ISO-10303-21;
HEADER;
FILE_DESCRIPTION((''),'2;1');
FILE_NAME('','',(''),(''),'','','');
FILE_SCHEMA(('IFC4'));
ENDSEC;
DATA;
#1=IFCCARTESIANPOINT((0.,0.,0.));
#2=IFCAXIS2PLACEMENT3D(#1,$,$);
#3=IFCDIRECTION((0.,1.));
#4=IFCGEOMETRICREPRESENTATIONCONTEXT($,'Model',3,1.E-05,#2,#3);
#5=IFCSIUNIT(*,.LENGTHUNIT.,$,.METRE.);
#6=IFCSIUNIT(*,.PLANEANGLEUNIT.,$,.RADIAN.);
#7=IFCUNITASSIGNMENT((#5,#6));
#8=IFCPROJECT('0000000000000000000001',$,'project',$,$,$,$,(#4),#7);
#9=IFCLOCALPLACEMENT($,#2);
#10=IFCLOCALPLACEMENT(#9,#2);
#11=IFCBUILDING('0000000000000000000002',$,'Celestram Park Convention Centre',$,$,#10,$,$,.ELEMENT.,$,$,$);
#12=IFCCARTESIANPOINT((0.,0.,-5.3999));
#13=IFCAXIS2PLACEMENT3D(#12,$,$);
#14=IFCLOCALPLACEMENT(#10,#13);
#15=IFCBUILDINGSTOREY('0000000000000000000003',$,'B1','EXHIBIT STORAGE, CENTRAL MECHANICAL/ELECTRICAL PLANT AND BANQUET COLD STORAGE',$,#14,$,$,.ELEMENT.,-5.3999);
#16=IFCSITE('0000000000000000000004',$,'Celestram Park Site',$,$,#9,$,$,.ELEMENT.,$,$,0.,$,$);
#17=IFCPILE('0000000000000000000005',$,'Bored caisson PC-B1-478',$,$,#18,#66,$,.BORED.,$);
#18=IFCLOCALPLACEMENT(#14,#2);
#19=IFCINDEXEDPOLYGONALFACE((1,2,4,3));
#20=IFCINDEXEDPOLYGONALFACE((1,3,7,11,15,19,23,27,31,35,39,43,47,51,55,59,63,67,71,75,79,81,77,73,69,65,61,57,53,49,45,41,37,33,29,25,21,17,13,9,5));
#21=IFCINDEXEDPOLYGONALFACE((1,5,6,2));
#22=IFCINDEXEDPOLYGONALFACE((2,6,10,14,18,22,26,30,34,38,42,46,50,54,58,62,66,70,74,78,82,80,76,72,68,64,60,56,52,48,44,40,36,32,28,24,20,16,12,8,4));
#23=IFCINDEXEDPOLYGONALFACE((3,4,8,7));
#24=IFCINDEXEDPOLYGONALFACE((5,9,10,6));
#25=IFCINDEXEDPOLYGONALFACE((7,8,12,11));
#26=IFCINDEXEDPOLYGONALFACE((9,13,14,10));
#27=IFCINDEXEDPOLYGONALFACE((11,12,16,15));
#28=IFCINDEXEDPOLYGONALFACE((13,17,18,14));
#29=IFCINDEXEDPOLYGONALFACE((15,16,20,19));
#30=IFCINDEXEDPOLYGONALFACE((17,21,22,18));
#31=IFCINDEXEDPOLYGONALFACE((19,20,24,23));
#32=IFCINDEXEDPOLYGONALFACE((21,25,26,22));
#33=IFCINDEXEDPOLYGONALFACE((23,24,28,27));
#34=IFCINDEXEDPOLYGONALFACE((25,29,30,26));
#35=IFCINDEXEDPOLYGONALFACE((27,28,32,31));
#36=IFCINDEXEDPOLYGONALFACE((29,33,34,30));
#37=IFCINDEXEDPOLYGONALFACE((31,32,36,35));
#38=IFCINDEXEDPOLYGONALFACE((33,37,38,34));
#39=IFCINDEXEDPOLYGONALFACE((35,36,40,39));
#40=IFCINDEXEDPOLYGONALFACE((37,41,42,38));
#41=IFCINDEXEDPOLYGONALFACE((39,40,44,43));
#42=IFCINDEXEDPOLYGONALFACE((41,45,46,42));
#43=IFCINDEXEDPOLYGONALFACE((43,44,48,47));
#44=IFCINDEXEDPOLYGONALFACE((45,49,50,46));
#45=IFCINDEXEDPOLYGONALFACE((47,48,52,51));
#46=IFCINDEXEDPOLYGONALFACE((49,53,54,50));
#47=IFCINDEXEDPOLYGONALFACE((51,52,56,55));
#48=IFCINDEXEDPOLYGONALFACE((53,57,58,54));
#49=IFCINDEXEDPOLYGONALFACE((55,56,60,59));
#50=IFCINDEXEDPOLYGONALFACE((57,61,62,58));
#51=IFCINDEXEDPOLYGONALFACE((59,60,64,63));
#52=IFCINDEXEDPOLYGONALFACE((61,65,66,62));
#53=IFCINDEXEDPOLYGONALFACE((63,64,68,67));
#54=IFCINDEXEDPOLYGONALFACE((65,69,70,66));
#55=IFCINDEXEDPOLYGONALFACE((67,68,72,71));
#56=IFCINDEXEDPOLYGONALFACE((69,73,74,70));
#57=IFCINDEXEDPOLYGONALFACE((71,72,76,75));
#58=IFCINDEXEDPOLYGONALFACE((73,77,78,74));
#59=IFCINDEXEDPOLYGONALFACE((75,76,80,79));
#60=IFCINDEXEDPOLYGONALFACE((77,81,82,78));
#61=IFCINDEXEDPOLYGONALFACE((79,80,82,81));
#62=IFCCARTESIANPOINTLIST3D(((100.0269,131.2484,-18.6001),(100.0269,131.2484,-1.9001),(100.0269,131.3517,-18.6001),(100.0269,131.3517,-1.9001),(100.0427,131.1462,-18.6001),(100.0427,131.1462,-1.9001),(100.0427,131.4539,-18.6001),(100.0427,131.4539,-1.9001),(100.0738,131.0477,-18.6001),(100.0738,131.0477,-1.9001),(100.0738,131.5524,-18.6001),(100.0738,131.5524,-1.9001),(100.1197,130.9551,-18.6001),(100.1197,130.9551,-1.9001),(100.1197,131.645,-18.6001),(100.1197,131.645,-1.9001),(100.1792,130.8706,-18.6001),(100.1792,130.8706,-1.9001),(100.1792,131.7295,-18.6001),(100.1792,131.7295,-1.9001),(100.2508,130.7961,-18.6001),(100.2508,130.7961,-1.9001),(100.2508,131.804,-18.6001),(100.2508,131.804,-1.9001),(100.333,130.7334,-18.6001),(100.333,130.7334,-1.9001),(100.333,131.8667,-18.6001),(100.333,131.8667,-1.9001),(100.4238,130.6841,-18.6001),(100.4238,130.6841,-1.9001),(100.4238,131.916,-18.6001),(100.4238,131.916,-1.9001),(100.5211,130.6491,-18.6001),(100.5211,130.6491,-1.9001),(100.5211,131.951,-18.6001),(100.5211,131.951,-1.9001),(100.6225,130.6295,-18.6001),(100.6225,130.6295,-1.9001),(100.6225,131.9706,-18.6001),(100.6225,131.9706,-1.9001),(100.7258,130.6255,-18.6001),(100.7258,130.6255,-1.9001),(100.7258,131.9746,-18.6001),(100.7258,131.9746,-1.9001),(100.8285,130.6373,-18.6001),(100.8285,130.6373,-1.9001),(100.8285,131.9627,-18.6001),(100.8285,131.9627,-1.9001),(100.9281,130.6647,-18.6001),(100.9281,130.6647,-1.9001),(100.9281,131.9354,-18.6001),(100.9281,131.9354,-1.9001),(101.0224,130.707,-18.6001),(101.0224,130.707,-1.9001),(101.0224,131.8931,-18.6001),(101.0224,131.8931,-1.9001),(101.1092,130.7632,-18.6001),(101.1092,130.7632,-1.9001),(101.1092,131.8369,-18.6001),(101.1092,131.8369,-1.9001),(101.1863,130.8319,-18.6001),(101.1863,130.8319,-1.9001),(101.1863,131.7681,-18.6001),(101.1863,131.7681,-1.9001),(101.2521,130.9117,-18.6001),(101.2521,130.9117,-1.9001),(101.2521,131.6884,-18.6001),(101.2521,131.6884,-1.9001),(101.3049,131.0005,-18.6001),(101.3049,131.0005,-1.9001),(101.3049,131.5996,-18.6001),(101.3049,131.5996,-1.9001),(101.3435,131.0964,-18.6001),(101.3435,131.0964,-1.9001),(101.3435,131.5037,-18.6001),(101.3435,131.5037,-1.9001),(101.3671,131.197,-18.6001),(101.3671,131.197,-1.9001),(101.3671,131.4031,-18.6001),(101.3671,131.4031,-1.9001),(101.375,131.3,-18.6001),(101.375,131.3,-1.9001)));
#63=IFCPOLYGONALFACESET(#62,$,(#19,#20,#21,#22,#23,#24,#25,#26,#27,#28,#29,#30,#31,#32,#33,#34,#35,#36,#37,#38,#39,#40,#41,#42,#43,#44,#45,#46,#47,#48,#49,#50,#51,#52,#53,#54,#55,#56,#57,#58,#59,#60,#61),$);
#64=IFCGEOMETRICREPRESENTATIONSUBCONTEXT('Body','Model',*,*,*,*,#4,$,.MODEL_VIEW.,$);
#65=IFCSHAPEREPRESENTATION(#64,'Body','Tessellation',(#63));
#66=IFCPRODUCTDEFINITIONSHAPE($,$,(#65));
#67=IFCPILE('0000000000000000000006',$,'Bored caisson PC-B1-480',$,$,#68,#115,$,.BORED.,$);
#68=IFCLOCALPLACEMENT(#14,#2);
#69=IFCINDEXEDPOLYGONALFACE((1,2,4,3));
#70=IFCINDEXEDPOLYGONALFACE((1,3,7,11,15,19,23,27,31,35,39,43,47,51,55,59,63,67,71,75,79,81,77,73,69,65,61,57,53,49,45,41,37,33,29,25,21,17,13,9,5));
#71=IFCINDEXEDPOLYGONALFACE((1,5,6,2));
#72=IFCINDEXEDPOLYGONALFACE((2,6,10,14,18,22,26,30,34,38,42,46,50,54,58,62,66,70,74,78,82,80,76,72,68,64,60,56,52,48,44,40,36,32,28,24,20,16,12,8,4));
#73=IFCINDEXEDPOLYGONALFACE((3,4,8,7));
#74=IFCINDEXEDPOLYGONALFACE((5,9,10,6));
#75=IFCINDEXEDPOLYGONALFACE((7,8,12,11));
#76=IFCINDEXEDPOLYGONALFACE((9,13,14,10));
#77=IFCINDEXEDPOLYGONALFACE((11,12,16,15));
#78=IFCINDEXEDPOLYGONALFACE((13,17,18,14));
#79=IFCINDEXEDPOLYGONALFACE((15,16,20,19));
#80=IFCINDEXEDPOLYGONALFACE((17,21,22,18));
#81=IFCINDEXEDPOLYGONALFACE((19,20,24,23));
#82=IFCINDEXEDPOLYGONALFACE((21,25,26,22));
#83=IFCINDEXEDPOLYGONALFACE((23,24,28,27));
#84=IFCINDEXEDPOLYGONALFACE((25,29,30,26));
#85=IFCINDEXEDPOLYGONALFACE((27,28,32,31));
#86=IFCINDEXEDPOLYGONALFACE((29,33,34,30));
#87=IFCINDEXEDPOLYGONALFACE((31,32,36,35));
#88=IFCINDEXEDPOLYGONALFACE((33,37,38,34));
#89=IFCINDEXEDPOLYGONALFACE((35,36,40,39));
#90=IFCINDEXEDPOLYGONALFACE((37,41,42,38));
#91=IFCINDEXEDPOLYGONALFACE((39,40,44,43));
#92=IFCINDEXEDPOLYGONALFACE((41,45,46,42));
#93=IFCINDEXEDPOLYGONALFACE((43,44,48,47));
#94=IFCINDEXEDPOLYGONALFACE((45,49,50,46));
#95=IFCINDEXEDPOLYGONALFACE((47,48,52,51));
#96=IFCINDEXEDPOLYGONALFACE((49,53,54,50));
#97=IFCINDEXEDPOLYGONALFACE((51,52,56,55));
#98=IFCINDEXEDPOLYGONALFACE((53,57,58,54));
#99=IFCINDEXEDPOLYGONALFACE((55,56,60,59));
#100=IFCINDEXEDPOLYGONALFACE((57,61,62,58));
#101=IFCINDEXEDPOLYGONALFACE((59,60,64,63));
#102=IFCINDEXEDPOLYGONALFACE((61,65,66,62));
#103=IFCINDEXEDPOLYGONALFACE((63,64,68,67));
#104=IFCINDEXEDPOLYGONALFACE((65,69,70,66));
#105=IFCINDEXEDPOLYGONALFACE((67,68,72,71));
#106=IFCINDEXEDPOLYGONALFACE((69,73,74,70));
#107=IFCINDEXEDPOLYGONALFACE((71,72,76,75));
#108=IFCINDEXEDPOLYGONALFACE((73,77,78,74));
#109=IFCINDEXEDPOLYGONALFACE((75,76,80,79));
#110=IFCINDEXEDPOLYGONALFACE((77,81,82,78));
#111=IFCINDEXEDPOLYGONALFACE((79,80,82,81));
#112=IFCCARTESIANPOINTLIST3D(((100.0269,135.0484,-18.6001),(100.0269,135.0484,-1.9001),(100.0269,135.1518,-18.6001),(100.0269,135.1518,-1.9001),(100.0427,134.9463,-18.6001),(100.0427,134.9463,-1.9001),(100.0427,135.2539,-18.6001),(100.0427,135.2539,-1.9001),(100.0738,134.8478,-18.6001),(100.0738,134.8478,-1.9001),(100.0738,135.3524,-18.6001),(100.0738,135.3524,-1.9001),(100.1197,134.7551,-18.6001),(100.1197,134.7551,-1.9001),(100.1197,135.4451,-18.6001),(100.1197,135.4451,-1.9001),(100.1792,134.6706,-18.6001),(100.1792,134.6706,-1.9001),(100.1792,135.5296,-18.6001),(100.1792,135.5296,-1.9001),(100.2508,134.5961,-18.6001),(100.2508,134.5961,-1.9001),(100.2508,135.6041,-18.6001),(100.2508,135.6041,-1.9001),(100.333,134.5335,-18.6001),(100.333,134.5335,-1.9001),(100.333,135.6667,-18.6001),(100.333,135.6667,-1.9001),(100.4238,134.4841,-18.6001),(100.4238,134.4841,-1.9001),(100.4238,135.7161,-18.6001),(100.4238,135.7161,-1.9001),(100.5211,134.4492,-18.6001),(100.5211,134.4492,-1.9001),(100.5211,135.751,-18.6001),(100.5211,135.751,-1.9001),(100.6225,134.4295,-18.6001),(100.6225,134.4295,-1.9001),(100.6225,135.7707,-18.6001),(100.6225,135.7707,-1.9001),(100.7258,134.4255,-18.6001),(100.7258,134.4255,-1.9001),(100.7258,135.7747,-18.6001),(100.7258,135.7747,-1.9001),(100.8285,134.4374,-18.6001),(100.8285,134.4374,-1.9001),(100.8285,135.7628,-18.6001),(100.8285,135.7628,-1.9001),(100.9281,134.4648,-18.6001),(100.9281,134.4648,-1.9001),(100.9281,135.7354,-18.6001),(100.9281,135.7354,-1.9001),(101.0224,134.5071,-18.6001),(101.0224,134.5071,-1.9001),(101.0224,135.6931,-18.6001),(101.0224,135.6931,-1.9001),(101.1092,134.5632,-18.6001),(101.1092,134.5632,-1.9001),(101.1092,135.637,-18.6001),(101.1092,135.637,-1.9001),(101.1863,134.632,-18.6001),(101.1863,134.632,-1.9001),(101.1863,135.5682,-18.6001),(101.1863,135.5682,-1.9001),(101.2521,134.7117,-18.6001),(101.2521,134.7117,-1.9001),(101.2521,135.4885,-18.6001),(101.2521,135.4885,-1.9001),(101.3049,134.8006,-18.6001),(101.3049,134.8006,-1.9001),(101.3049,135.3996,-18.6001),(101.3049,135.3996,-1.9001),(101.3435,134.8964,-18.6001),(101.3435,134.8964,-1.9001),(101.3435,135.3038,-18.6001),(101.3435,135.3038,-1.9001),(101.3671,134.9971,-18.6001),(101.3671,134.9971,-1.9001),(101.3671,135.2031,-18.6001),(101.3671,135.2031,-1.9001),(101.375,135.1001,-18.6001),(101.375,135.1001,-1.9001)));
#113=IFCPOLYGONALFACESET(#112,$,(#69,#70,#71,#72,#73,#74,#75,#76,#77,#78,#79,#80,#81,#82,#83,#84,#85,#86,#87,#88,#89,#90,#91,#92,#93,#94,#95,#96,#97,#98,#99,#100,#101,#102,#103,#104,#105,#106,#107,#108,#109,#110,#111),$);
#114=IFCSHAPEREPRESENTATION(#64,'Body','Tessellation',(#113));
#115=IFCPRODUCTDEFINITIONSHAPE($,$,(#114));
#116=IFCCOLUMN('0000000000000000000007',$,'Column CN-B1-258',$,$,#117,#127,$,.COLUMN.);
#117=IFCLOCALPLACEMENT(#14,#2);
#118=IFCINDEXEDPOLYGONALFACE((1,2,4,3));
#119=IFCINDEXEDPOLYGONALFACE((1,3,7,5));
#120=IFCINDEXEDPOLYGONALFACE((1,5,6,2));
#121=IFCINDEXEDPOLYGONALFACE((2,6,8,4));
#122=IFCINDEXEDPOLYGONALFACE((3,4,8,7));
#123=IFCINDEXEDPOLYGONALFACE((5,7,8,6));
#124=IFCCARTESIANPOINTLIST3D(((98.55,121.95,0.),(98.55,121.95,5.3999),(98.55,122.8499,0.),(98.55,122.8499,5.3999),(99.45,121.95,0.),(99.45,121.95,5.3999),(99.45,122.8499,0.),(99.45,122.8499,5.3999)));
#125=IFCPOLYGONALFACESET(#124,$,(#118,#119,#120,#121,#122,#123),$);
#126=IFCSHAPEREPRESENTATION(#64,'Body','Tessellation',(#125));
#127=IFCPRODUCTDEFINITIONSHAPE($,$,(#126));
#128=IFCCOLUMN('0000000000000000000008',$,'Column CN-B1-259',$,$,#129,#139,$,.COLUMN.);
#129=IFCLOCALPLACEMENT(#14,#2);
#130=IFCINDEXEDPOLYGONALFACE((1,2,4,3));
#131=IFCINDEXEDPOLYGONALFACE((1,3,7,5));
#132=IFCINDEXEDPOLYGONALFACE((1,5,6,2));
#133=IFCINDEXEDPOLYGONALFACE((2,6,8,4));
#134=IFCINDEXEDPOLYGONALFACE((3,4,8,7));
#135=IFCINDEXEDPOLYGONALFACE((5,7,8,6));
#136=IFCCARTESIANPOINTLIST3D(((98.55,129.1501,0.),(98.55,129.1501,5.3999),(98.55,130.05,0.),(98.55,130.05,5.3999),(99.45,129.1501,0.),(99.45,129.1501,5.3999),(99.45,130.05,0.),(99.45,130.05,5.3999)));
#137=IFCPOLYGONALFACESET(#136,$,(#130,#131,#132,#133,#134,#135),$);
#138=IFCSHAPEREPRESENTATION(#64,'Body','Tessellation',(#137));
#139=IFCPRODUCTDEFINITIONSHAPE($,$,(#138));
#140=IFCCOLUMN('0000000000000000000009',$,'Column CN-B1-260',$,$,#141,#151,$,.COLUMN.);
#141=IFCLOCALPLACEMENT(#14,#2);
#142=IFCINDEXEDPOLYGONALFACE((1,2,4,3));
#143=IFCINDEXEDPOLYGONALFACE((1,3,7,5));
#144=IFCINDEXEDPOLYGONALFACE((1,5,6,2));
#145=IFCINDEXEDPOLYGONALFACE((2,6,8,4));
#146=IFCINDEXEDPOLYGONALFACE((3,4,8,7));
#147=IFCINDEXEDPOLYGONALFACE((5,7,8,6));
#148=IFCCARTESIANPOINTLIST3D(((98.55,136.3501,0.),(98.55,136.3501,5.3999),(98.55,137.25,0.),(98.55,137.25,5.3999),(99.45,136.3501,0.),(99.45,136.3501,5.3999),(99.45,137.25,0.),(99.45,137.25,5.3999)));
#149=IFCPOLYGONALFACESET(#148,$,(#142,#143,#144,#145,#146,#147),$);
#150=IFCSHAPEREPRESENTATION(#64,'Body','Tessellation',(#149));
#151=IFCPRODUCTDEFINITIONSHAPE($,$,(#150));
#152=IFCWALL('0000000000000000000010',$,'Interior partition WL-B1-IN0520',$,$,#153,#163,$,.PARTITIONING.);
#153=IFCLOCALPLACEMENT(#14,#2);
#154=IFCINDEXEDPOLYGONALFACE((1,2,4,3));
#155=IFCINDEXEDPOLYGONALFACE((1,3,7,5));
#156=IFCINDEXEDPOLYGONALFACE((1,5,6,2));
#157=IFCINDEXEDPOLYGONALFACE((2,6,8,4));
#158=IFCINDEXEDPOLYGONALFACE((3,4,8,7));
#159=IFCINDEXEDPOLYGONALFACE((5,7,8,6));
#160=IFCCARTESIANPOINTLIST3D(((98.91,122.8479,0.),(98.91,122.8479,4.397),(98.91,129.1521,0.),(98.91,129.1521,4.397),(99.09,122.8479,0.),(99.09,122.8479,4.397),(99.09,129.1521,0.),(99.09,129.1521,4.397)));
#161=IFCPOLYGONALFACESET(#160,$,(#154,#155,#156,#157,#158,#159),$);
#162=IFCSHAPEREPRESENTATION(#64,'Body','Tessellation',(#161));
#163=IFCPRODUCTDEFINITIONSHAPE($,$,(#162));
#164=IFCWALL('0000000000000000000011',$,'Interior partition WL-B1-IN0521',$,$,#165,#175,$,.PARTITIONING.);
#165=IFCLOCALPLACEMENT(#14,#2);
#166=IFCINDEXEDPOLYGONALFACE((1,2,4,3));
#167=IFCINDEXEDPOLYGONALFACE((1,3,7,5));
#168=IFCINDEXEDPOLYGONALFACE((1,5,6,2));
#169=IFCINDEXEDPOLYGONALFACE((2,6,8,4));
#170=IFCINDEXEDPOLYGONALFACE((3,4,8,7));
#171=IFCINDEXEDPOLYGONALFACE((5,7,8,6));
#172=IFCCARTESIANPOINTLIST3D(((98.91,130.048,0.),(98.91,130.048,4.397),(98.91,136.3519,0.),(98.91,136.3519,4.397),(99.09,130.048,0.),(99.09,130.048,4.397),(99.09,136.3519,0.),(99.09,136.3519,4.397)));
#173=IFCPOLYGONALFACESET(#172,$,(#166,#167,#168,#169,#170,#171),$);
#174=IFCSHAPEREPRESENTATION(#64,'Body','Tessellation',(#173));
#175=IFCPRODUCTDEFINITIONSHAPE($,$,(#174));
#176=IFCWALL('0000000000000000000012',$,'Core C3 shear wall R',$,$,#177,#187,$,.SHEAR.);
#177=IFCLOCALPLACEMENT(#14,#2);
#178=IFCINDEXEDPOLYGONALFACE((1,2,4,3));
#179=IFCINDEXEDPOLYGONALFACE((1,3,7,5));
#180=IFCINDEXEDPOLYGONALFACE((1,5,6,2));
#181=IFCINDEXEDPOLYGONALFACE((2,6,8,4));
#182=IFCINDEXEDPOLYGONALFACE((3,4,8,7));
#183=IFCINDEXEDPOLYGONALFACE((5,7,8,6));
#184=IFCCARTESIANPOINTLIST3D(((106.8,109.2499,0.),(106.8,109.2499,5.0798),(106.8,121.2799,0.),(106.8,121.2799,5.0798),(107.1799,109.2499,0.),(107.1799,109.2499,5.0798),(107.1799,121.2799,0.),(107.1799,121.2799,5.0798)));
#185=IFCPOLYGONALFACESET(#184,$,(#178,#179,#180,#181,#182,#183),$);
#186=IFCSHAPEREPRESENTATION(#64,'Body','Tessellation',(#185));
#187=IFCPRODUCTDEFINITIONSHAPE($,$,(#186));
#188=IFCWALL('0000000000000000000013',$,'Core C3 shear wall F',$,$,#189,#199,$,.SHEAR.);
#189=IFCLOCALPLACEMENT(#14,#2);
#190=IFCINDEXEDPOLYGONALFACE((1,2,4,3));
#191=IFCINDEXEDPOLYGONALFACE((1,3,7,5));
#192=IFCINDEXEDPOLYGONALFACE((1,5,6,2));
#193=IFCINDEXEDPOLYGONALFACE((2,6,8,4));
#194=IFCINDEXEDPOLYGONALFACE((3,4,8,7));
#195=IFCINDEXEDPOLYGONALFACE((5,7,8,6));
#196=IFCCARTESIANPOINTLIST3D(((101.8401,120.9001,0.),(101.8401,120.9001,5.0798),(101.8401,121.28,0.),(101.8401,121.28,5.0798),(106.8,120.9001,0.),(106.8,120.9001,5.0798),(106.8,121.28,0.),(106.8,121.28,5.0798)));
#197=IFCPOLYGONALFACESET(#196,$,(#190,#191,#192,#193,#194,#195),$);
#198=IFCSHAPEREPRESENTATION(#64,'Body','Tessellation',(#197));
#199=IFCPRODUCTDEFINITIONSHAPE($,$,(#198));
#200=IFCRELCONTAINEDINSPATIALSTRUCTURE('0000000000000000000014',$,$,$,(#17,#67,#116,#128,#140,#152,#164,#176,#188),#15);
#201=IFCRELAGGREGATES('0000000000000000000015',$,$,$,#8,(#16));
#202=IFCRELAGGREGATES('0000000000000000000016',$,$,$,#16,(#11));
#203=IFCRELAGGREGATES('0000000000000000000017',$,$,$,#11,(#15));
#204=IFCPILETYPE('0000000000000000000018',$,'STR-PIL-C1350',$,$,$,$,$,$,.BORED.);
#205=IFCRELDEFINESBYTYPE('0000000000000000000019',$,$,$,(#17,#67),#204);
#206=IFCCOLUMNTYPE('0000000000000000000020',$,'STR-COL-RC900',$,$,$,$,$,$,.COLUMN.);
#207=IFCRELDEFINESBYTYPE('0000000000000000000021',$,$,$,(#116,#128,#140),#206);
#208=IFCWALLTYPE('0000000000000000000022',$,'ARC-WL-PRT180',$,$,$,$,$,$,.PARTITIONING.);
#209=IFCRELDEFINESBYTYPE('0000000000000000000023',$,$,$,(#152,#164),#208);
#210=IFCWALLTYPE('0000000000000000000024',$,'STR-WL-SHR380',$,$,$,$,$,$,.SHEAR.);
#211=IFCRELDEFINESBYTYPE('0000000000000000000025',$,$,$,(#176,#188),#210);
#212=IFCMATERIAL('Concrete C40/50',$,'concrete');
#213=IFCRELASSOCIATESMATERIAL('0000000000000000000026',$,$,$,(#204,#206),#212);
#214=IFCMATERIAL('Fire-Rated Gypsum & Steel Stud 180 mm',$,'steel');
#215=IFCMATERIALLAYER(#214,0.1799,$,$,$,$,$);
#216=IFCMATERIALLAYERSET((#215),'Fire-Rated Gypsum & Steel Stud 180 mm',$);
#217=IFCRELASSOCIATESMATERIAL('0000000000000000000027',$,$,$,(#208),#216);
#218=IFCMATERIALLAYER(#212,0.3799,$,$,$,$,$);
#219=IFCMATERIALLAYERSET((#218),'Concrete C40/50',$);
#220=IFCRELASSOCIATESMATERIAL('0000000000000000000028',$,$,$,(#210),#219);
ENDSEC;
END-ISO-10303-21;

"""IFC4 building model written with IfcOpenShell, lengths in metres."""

from ifc_helpers import new_model, si_unit, direction, frame, frame_2d, origin, origin_2d, place, context, subcontext, project, spatial, rectangle, circle, extrude, material, layer, layer_set, material_profile, profile_set, type_object, element, save


model = new_model("IFC4")

# Units and contexts
model_context = context("Model", 3, precision=1e-05, world=origin(), true_north=direction((0.0, 1.0)))
body_context = subcontext(model_context, "Body", "Model", "MODEL_VIEW")
ifc_project = project(units=[si_unit("LENGTHUNIT", "METRE"), si_unit("PLANEANGLEUNIT", "RADIAN")], contexts=[model_context])

# Site, building, storey
site_placement = place(None, origin())
site = spatial("IfcSite", under=ifc_project, at=site_placement, Name="Celestram Park Site", CompositionType="ELEMENT", RefElevation=0.0)
building_placement = place(site_placement, origin())
building = spatial("IfcBuilding", under=site, at=building_placement, Name="Celestram Park Convention Centre", CompositionType="ELEMENT")
storey_placement = place(building_placement, frame((0.0, 0.0, -5.3999)))
storey = spatial("IfcBuildingStorey", under=building, at=storey_placement, Name="B1", Description="EXHIBIT STORAGE, CENTRAL MECHANICAL/ELECTRICAL PLANT AND BANQUET COLD STORAGE", CompositionType="ELEMENT", Elevation=-5.3999)

# Shared definitions
ifc_material_1 = material(Name="Concrete C40/50", Category="concrete")

# Piles
ifc_material_profile_1 = material_profile(ifc_material_1, circle(Radius=0.675, at=origin_2d()), Name="CAISSON1350")
ifc_profile_set_1 = profile_set([ifc_material_profile_1], Name="Concrete C40/50")
pile_type_1 = type_object("IfcPileType", Name="STR-PIL-C1350", PredefinedType="BORED", material=ifc_profile_set_1)
for number, where, z_axis, x_axis, name in (
    (1, (100.7, 131.3, -1.9001), (0.0, 0.0, -1.0), (1.0, 0.0, 0.0), "Bored caisson PC-B1-478"),
    (2, (100.7, 135.1001, -1.9001), (0.0, 0.0, -1.0), (1.0, 0.0, 0.0), "Bored caisson PC-B1-480"),
):
    element("IfcPile", number, at=place(storey_placement, frame(where, z_axis=z_axis, x_axis=x_axis)), inside=storey, type_object=pile_type_1, Name=name, PredefinedType="BORED", context=body_context, shape_type="SweptSolid", body=[
        extrude(circle(Radius=0.675, at=origin_2d()), origin(), (0.0, 0.0, 1.0), 16.7),
    ])

# Columns
ifc_material_profile_2 = material_profile(ifc_material_1, rectangle(XDim=0.8999, YDim=0.8999, at=origin_2d()), Name="RC900X900")
ifc_profile_set_2 = profile_set([ifc_material_profile_2], Name="Concrete C40/50")
column_type = type_object("IfcColumnType", Name="STR-COL-RC900", PredefinedType="COLUMN", material=ifc_profile_set_2)
for number, where, z_axis, x_axis, name in (
    (3, (99.0, 122.3999, 0.0), (0.0, 0.0, 1.0), (1.0, 0.0, 0.0), "Column CN-B1-258"),
    (4, (99.0, 129.6001, 0.0), (0.0, 0.0, 1.0), (1.0, 0.0, 0.0), "Column CN-B1-259"),
    (5, (99.0, 136.8, 0.0), (0.0, 0.0, 1.0), (1.0, 0.0, 0.0), "Column CN-B1-260"),
):
    element("IfcColumn", number, at=place(storey_placement, frame(where, z_axis=z_axis, x_axis=x_axis)), inside=storey, type_object=column_type, Name=name, PredefinedType="COLUMN", context=body_context, shape_type="SweptSolid", body=[
        extrude(rectangle(XDim=0.8999, YDim=0.8999, at=origin_2d()), origin(), (0.0, 0.0, 1.0), 5.3999),
    ])

# Walls
ifc_material_2 = material(Name="Fire-Rated Gypsum & Steel Stud 180 mm", Category="steel")
ifc_layer_1 = layer(ifc_material_2, 0.1799)
ifc_layer_set_1 = layer_set([ifc_layer_1], Name="Fire-Rated Gypsum & Steel Stud 180 mm")
wall_type_1 = type_object("IfcWallType", Name="ARC-WL-PRT180", PredefinedType="PARTITIONING", material=ifc_layer_set_1)
wall_1_placement = place(storey_placement, frame((99.0, 122.8479, 0.0), z_axis=(0.0, 0.0, 1.0), x_axis=(0.0, 1.0, 0.0)))
element("IfcWall", 6, at=wall_1_placement, inside=storey, type_object=wall_type_1, Name="Interior partition WL-B1-IN0520", PredefinedType="PARTITIONING", context=body_context, shape_type="SweptSolid", body=[
    extrude(rectangle(XDim=6.3042, YDim=0.1799, at=frame_2d((3.1521, 0.0))), origin(), (0.0, 0.0, 1.0), 4.397),
])
wall_2_placement = place(storey_placement, frame((99.0, 130.0481, 0.0), z_axis=(0.0, 0.0, 1.0), x_axis=(0.0, 1.0, 0.0)))
element("IfcWall", 7, at=wall_2_placement, inside=storey, type_object=wall_type_1, Name="Interior partition WL-B1-IN0521", PredefinedType="PARTITIONING", context=body_context, shape_type="SweptSolid", body=[
    extrude(rectangle(XDim=6.304, YDim=0.1799, at=frame_2d((3.1519, 0.0))), origin(), (0.0, 0.0, 1.0), 4.397),
])
ifc_layer_2 = layer(ifc_material_1, 0.3799)
ifc_layer_set_2 = layer_set([ifc_layer_2], Name="Concrete C40/50")
wall_type_2 = type_object("IfcWallType", Name="STR-WL-SHR380", PredefinedType="SHEAR", material=ifc_layer_set_2)
wall_3_placement = place(storey_placement, frame((106.99, 121.28, 0.0), z_axis=(0.0, 0.0, 1.0), x_axis=(0.0, -1.0, 0.0)))
element("IfcWall", 8, at=wall_3_placement, inside=storey, type_object=wall_type_2, Name="Core C3 shear wall R", PredefinedType="SHEAR", context=body_context, shape_type="SweptSolid", body=[
    extrude(rectangle(XDim=12.03, YDim=0.3799, at=frame_2d((6.0151, 0.0))), origin(), (0.0, 0.0, 1.0), 5.0798),
])
wall_4_placement = place(storey_placement, frame((101.8401, 121.0901, 0.0), z_axis=(0.0, 0.0, 1.0), x_axis=(1.0, 0.0, 0.0)))
element("IfcWall", 9, at=wall_4_placement, inside=storey, type_object=wall_type_2, Name="Core C3 shear wall F", PredefinedType="SHEAR", context=body_context, shape_type="SweptSolid", body=[
    extrude(rectangle(XDim=4.96, YDim=0.3799, at=frame_2d((2.48, 0.0))), origin(), (0.0, 0.0, 1.0), 5.0798),
])

save(model, "model.ifc")
